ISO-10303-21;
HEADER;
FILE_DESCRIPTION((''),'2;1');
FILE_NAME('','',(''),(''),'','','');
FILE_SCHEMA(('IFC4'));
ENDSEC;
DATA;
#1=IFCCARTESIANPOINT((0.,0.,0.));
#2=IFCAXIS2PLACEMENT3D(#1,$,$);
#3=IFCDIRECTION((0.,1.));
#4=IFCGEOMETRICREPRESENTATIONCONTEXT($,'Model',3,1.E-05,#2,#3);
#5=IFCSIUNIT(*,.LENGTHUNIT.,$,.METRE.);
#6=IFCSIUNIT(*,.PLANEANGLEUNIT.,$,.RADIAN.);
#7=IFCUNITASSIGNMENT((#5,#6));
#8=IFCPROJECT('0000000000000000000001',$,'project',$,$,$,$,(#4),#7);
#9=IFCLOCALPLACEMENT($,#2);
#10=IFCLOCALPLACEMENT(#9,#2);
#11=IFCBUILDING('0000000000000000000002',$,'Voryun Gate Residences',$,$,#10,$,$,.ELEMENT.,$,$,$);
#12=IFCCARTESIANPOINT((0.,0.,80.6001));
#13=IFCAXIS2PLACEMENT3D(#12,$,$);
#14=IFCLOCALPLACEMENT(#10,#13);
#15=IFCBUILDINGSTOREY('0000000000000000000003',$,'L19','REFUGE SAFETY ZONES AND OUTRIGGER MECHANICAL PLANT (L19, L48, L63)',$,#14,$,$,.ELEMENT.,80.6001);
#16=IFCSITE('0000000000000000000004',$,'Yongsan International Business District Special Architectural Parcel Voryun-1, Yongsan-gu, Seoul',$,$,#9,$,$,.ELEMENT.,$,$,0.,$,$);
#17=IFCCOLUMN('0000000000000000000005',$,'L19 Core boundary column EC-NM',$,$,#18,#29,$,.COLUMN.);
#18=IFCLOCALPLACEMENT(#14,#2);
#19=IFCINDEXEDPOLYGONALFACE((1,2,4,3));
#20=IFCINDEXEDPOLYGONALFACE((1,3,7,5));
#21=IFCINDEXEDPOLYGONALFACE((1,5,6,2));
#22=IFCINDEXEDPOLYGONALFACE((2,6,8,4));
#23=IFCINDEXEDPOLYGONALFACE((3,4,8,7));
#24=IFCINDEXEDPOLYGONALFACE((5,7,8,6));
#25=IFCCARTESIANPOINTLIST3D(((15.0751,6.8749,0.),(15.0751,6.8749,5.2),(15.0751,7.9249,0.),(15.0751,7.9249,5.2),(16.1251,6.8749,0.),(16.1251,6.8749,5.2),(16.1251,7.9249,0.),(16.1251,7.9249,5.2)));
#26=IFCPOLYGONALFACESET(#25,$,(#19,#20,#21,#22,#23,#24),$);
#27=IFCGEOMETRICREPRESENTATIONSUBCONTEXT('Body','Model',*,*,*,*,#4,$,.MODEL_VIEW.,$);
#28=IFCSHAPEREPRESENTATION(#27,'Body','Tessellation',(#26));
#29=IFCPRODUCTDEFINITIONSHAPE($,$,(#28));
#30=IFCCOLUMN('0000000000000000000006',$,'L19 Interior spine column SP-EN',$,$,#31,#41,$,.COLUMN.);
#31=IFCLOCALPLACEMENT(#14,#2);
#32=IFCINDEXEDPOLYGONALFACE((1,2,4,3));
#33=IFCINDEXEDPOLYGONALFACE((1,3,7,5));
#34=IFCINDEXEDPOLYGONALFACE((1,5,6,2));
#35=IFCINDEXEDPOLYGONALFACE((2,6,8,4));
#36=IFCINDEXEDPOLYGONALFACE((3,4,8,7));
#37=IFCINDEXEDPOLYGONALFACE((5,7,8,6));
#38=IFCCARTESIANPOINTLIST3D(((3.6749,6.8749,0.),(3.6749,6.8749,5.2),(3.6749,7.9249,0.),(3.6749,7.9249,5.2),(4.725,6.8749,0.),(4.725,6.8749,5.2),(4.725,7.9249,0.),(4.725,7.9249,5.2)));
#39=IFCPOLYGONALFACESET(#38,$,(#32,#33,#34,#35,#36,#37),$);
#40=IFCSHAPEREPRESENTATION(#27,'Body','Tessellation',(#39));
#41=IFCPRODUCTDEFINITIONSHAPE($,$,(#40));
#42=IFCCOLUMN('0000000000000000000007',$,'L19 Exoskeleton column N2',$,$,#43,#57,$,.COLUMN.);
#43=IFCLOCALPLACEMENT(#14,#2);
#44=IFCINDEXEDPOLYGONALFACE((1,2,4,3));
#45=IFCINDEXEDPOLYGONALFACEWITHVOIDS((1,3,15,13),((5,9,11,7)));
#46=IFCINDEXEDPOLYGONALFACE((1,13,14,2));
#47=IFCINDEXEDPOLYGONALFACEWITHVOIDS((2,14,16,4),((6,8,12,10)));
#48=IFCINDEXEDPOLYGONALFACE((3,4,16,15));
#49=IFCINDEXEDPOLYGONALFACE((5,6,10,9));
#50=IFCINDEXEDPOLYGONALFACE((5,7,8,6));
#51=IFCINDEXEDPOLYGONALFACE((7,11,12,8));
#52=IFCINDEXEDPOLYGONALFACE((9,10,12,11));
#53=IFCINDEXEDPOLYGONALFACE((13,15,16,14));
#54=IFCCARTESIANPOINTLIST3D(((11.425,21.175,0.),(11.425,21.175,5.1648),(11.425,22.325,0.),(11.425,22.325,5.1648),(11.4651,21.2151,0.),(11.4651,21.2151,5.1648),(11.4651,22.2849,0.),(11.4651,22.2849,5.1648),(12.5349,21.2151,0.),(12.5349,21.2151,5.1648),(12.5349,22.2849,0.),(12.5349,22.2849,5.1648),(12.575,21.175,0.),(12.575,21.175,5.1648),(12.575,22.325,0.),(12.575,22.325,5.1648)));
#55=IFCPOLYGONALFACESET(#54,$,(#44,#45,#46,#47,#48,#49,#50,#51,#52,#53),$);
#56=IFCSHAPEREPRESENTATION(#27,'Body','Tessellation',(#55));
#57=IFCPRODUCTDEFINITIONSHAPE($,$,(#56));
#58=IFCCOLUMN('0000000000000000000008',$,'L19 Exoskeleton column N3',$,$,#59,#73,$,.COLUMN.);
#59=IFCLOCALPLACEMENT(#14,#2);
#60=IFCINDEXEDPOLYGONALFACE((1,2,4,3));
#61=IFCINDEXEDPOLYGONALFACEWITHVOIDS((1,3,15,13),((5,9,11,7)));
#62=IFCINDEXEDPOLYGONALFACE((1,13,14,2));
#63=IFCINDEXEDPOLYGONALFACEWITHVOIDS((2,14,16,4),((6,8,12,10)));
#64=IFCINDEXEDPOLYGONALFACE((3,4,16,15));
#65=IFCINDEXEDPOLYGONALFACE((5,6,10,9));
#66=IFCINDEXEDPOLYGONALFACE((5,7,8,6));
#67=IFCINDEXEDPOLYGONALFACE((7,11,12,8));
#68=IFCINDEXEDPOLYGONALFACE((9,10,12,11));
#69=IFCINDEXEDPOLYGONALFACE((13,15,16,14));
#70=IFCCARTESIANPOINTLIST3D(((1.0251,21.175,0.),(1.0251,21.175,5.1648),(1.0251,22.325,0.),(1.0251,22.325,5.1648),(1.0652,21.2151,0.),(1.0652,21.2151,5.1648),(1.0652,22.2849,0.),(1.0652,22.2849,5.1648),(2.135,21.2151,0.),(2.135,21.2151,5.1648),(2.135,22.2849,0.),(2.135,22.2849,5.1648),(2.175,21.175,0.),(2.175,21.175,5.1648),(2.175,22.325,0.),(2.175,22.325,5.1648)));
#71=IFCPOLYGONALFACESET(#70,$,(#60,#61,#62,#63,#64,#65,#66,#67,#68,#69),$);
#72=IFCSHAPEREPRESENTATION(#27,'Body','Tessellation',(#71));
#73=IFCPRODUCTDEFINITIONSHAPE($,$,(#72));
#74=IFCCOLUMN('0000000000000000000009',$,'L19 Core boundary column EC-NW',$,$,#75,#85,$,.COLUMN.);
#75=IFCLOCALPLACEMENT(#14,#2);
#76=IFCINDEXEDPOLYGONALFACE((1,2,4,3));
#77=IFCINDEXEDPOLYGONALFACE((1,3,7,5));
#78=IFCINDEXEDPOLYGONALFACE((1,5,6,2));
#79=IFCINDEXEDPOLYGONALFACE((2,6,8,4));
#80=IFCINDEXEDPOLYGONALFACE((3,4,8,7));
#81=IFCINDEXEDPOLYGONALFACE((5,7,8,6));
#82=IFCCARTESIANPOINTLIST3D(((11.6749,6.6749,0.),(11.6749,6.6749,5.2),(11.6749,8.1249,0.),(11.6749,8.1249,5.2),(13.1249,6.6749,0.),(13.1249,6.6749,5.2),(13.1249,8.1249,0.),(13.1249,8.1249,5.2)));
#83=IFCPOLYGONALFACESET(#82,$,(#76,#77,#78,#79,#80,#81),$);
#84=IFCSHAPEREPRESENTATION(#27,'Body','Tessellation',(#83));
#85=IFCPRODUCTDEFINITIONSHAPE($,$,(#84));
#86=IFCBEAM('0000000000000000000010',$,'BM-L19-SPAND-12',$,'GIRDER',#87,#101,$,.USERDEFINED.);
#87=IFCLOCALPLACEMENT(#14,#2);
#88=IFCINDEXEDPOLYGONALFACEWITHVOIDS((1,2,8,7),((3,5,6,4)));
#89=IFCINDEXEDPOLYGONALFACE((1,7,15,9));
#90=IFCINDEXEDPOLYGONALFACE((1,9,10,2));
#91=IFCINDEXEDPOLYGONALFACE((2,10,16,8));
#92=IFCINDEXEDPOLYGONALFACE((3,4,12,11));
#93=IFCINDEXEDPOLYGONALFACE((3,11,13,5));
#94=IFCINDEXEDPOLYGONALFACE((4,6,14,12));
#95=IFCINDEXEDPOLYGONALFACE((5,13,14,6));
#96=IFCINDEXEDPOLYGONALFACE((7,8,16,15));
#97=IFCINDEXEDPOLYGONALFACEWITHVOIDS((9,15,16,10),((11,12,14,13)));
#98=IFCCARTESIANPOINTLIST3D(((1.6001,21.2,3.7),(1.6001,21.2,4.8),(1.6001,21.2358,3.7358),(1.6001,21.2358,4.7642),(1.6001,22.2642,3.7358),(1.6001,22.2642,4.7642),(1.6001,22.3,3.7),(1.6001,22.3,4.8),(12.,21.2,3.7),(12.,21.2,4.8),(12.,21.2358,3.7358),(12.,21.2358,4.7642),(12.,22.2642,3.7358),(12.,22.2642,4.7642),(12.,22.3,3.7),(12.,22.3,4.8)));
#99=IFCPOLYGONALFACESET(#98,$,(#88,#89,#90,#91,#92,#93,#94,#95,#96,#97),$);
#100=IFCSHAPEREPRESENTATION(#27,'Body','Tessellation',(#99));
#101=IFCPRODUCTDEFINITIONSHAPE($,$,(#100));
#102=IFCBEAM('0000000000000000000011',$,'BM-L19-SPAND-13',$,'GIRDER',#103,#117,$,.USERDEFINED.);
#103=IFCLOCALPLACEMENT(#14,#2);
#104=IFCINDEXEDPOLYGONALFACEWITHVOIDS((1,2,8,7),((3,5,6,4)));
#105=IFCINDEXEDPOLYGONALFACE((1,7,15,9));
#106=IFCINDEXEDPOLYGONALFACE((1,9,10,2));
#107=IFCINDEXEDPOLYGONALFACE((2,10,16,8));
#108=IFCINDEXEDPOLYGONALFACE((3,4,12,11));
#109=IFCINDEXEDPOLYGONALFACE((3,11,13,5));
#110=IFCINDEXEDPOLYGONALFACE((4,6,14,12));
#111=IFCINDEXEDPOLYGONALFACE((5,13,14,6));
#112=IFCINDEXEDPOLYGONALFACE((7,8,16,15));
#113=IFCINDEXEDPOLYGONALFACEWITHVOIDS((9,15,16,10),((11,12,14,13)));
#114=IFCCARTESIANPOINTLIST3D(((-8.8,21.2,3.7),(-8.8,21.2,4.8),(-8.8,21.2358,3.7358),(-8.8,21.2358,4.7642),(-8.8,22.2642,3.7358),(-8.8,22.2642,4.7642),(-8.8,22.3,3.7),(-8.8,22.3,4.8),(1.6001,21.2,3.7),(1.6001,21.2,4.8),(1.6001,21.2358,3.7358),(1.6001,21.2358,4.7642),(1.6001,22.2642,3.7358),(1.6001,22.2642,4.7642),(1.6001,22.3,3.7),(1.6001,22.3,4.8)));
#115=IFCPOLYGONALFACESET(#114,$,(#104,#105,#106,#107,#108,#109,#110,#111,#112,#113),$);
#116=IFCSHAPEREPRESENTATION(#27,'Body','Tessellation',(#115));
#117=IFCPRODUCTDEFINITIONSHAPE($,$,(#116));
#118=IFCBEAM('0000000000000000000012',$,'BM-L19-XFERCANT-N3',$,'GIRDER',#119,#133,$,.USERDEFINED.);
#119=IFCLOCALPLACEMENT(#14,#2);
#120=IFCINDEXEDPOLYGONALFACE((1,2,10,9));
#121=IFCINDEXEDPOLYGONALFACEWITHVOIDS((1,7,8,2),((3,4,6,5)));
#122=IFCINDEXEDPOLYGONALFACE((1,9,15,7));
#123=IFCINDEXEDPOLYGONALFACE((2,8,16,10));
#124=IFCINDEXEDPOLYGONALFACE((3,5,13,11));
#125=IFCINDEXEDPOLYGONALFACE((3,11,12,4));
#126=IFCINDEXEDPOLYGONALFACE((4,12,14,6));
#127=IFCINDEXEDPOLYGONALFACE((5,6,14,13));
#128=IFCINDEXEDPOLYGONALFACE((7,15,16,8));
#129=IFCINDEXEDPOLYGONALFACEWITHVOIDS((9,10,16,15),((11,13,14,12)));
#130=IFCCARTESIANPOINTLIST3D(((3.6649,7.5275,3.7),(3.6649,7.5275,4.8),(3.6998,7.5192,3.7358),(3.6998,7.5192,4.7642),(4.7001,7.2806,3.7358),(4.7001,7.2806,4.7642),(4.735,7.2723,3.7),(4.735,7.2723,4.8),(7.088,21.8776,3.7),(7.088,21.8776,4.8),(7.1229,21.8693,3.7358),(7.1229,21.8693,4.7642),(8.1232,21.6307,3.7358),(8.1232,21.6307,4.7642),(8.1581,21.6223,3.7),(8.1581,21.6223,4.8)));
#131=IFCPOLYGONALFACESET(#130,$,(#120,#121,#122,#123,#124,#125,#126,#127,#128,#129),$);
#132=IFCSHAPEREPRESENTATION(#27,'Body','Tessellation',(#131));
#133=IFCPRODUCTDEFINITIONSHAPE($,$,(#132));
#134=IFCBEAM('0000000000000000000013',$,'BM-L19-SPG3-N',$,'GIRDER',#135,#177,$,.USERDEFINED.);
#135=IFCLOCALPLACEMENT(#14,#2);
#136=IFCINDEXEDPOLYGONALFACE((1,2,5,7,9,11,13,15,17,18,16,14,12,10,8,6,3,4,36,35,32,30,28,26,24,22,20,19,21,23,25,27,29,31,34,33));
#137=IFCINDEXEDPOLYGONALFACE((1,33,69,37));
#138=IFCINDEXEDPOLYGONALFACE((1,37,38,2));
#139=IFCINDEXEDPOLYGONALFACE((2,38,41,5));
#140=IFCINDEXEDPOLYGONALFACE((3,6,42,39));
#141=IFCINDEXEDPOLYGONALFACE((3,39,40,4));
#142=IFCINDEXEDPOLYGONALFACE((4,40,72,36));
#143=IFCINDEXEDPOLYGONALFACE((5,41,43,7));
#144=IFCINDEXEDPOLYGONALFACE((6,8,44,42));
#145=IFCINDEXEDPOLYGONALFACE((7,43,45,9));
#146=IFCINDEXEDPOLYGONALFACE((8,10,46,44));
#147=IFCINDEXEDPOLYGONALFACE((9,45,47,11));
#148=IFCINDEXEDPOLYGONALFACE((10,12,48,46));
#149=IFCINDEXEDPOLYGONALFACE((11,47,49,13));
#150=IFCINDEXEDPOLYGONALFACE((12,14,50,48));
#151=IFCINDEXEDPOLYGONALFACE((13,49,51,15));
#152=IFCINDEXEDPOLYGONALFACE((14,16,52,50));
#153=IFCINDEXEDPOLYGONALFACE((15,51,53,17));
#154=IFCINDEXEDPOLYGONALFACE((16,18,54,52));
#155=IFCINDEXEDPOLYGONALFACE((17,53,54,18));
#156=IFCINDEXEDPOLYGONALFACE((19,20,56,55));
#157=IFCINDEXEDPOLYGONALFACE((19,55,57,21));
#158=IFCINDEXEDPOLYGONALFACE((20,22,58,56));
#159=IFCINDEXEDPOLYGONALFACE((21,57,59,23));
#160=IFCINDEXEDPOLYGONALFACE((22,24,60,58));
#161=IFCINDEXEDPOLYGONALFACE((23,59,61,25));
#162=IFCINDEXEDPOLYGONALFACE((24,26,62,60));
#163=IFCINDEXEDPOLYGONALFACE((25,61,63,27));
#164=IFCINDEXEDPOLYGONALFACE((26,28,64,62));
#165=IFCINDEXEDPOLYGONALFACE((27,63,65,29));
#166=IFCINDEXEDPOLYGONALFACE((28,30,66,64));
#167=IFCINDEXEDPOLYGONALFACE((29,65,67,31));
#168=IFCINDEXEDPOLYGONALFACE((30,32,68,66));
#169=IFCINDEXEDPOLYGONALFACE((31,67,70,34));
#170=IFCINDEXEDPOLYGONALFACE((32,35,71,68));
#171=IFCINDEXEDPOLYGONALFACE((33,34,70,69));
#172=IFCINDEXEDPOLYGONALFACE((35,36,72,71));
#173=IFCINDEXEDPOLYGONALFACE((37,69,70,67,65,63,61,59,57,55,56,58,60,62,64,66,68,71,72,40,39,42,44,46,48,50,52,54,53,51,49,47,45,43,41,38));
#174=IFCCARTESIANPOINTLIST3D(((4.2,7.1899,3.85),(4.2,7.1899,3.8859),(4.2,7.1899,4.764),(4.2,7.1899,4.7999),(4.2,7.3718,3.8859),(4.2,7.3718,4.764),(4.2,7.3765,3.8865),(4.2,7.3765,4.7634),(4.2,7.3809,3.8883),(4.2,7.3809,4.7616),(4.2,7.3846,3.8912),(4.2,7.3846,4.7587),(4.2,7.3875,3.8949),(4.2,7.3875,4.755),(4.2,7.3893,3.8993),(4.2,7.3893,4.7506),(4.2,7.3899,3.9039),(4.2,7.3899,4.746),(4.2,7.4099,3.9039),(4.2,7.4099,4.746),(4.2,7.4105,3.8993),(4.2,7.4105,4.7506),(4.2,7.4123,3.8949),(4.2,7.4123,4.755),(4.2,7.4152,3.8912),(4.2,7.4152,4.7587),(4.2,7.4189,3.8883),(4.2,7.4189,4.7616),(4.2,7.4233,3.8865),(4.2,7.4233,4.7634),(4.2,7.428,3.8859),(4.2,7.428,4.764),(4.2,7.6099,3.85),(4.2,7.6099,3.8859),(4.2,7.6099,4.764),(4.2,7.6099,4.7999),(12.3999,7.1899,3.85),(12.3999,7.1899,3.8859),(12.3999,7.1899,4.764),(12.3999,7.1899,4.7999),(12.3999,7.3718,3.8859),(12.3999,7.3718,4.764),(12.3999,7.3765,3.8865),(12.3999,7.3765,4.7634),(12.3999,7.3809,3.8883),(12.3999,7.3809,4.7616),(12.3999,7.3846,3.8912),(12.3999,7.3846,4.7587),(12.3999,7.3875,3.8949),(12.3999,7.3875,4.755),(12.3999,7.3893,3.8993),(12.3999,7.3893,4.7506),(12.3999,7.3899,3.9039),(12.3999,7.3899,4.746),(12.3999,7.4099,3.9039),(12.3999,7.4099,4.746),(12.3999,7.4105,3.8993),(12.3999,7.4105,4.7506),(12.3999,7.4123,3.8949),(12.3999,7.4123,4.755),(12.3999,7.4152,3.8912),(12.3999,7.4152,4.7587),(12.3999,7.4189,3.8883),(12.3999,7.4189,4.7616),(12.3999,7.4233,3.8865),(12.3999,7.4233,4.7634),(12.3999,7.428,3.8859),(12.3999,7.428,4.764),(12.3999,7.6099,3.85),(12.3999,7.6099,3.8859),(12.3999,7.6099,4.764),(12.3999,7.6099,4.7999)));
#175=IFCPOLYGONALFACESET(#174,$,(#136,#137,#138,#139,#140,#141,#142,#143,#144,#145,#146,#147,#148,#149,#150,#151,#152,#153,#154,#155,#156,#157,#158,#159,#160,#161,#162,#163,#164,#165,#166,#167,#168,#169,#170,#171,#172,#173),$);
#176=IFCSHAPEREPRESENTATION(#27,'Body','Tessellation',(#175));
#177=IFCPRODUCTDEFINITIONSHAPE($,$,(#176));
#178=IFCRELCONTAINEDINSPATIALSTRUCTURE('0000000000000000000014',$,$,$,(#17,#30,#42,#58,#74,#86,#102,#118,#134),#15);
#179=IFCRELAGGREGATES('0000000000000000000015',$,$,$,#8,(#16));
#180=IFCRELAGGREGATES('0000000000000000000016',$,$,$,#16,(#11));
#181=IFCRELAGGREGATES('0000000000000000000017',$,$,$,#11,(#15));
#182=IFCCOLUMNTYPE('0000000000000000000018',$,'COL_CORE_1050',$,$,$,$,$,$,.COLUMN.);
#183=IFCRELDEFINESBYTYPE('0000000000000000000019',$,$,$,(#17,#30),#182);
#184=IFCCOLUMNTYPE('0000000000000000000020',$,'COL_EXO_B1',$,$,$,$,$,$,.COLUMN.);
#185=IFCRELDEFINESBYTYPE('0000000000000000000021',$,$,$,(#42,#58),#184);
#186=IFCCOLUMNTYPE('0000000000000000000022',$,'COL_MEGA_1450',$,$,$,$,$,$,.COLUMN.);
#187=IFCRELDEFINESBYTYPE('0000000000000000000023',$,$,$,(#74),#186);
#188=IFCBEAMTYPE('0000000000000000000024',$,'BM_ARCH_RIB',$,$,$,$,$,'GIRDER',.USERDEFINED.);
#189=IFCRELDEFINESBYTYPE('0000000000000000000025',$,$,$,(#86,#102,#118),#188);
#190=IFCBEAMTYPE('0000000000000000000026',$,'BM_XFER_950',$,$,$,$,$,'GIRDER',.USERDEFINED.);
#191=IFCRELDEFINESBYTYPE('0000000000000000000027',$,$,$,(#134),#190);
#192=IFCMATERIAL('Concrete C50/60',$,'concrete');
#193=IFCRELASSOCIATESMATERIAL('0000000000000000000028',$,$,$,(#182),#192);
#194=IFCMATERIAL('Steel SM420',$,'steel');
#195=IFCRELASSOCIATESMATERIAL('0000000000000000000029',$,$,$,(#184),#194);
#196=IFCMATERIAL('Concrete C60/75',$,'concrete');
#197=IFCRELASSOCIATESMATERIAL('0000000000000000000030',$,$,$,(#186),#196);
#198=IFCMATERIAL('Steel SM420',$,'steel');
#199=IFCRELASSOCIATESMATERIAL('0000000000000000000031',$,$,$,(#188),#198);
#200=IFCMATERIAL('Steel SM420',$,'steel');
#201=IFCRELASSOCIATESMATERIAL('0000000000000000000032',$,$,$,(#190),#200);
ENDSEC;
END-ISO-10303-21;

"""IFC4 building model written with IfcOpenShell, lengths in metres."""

from ifc_helpers import new_model, si_unit, direction, frame, origin, origin_2d, place, context, subcontext, project, spatial, rectangle, hollow_rectangle, i_section, extrude, material, material_profile, profile_set, type_object, element, save


model = new_model("IFC4")

# Units and contexts
model_context = context("Model", 3, precision=1e-05, world=origin(), true_north=direction((0.0, 1.0)))
body_context = subcontext(model_context, "Body", "Model", "MODEL_VIEW")
ifc_project = project(units=[si_unit("LENGTHUNIT", "METRE"), si_unit("PLANEANGLEUNIT", "RADIAN")], contexts=[model_context])

# Site, building, storey
site_placement = place(None, origin())
site = spatial("IfcSite", under=ifc_project, at=site_placement, Name="Yongsan International Business District Special Architectural Parcel Voryun-1, Yongsan-gu, Seoul", CompositionType="ELEMENT", RefElevation=0.0)
building_placement = place(site_placement, origin())
building = spatial("IfcBuilding", under=site, at=building_placement, Name="Voryun Gate Residences", CompositionType="ELEMENT")
storey_placement = place(building_placement, frame((0.0, 0.0, 80.6001)))
storey = spatial("IfcBuildingStorey", under=building, at=storey_placement, Name="L19", Description="REFUGE SAFETY ZONES AND OUTRIGGER MECHANICAL PLANT (L19, L48, L63)", CompositionType="ELEMENT", Elevation=80.6001)

# Columns
ifc_material_1 = material(Name="Concrete C50/60", Category="concrete")
ifc_material_profile_1 = material_profile(ifc_material_1, rectangle(XDim=1.05, YDim=1.05, at=origin_2d()), Name="RC-1050x1050")
ifc_profile_set_1 = profile_set([ifc_material_profile_1], Name="Concrete C50/60")
column_type_1 = type_object("IfcColumnType", Name="COL_CORE_1050", PredefinedType="COLUMN", material=ifc_profile_set_1)
for number, where, z_axis, x_axis, name in (
    (1, (15.6001, 7.3999, 0.0), (0.0, 0.0, 1.0), (1.0, 0.0, 0.0), "L19 Core boundary column EC-NM"),
    (2, (4.2, 7.3999, 0.0), (0.0, 0.0, 1.0), (1.0, 0.0, 0.0), "L19 Interior spine column SP-EN"),
):
    element("IfcColumn", number, at=place(storey_placement, frame(where, z_axis=z_axis, x_axis=x_axis)), inside=storey, type_object=column_type_1, Name=name, PredefinedType="COLUMN", context=body_context, shape_type="SweptSolid", body=[
        extrude(rectangle(XDim=1.05, YDim=1.05, at=origin_2d()), origin(), (0.0, 0.0, 1.0), 5.2),
    ])
ifc_material_2 = material(Name="Steel SM420", Category="steel")
ifc_material_profile_2 = material_profile(ifc_material_2, hollow_rectangle(XDim=1.1499, YDim=1.1499, WallThickness=0.04, at=origin_2d()), Name="BOX-1150x1150x40")
ifc_profile_set_2 = profile_set([ifc_material_profile_2], Name="Steel SM420")
column_type_2 = type_object("IfcColumnType", Name="COL_EXO_B1", PredefinedType="COLUMN", material=ifc_profile_set_2)
for number, where, z_axis, x_axis, name in (
    (3, (12.0, 21.75, 0.0), (0.0, 0.0, 1.0), (1.0, 0.0, 0.0), "L19 Exoskeleton column N2"),
    (4, (1.6001, 21.75, 0.0), (0.0, 0.0, 1.0), (1.0, 0.0, 0.0), "L19 Exoskeleton column N3"),
):
    element("IfcColumn", number, at=place(storey_placement, frame(where, z_axis=z_axis, x_axis=x_axis)), inside=storey, type_object=column_type_2, Name=name, PredefinedType="COLUMN", context=body_context, shape_type="SweptSolid", body=[
        extrude(hollow_rectangle(XDim=1.1499, YDim=1.1499, WallThickness=0.04, at=origin_2d()), origin(), (0.0, 0.0, 1.0), 5.1648),
    ])
ifc_material_3 = material(Name="Concrete C60/75", Category="concrete")
ifc_material_profile_3 = material_profile(ifc_material_3, rectangle(XDim=1.45, YDim=1.45, at=origin_2d()), Name="RC-1450x1450")
ifc_profile_set_3 = profile_set([ifc_material_profile_3], Name="Concrete C60/75")
column_type_3 = type_object("IfcColumnType", Name="COL_MEGA_1450", PredefinedType="COLUMN", material=ifc_profile_set_3)
column_placement = place(storey_placement, frame((12.3999, 7.3999, 0.0), z_axis=(0.0, 0.0, 1.0), x_axis=(1.0, 0.0, 0.0)))
element("IfcColumn", 5, at=column_placement, inside=storey, type_object=column_type_3, Name="L19 Core boundary column EC-NW", PredefinedType="COLUMN", context=body_context, shape_type="SweptSolid", body=[
    extrude(rectangle(XDim=1.45, YDim=1.45, at=origin_2d()), origin(), (0.0, 0.0, 1.0), 5.2),
])

# Beams
ifc_material_4 = material(Name="Steel SM420", Category="steel")
ifc_material_profile_4 = material_profile(ifc_material_4, hollow_rectangle(XDim=1.1001, YDim=1.1001, WallThickness=0.0359, at=origin_2d()), Name="BOX-1100x1100x36")
ifc_profile_set_4 = profile_set([ifc_material_profile_4], Name="Steel SM420")
beam_type_1 = type_object("IfcBeamType", Name="BM_ARCH_RIB", ElementType="GIRDER", PredefinedType="USERDEFINED", material=ifc_profile_set_4)
beam_1_placement = place(storey_placement, frame((12.0, 21.75, 4.25), z_axis=(-1.0, 0.0, 0.0), x_axis=(0.0, -1.0, 0.0)))
element("IfcBeam", 6, at=beam_1_placement, inside=storey, type_object=beam_type_1, Name="BM-L19-SPAND-12", ObjectType="GIRDER", PredefinedType="USERDEFINED", context=body_context, shape_type="SweptSolid", body=[
    extrude(hollow_rectangle(XDim=1.1001, YDim=1.1001, WallThickness=0.0359, at=origin_2d()), origin(), (0.0, 0.0, 1.0), 10.3999),
])
beam_2_placement = place(storey_placement, frame((1.6001, 21.75, 4.25), z_axis=(-1.0, 0.0, 0.0), x_axis=(0.0, -1.0, 0.0)))
element("IfcBeam", 7, at=beam_2_placement, inside=storey, type_object=beam_type_1, Name="BM-L19-SPAND-13", ObjectType="GIRDER", PredefinedType="USERDEFINED", context=body_context, shape_type="SweptSolid", body=[
    extrude(hollow_rectangle(XDim=1.1001, YDim=1.1001, WallThickness=0.0359, at=origin_2d()), origin(), (0.0, 0.0, 1.0), 10.4001),
])
beam_3_placement = place(storey_placement, frame((4.2, 7.3999, 4.25), z_axis=(0.232031, 0.972708, 0.0), x_axis=(-0.972708, 0.232031, 0.0)))
element("IfcBeam", 8, at=beam_3_placement, inside=storey, type_object=beam_type_1, Name="BM-L19-XFERCANT-N3", ObjectType="GIRDER", PredefinedType="USERDEFINED", context=body_context, shape_type="SweptSolid", body=[
    extrude(hollow_rectangle(XDim=1.1001, YDim=1.1001, WallThickness=0.0359, at=origin_2d()), origin(), (0.0, 0.0, 1.0), 14.7527),
])
ifc_material_5 = material(Name="Steel SM420", Category="steel")
ifc_material_profile_5 = material_profile(ifc_material_5, i_section(OverallWidth=0.4199, OverallDepth=0.95, WebThickness=0.02, FlangeThickness=0.0359, FilletRadius=0.0181, at=origin_2d()), Name="H-950x420x20x36")
ifc_profile_set_5 = profile_set([ifc_material_profile_5], Name="Steel SM420")
beam_type_2 = type_object("IfcBeamType", Name="BM_XFER_950", ElementType="GIRDER", PredefinedType="USERDEFINED", material=ifc_profile_set_5)
beam_4_placement = place(storey_placement, frame((4.2, 7.3999, 4.325), z_axis=(1.0, 0.0, 0.0), x_axis=(0.0, 1.0, 0.0)))
element("IfcBeam", 9, at=beam_4_placement, inside=storey, type_object=beam_type_2, Name="BM-L19-SPG3-N", ObjectType="GIRDER", PredefinedType="USERDEFINED", context=body_context, shape_type="SweptSolid", body=[
    extrude(i_section(OverallWidth=0.4199, OverallDepth=0.95, WebThickness=0.02, FlangeThickness=0.0359, FilletRadius=0.0181, at=origin_2d()), origin(), (0.0, 0.0, 1.0), 8.2),
])

save(model, "model.ifc")
